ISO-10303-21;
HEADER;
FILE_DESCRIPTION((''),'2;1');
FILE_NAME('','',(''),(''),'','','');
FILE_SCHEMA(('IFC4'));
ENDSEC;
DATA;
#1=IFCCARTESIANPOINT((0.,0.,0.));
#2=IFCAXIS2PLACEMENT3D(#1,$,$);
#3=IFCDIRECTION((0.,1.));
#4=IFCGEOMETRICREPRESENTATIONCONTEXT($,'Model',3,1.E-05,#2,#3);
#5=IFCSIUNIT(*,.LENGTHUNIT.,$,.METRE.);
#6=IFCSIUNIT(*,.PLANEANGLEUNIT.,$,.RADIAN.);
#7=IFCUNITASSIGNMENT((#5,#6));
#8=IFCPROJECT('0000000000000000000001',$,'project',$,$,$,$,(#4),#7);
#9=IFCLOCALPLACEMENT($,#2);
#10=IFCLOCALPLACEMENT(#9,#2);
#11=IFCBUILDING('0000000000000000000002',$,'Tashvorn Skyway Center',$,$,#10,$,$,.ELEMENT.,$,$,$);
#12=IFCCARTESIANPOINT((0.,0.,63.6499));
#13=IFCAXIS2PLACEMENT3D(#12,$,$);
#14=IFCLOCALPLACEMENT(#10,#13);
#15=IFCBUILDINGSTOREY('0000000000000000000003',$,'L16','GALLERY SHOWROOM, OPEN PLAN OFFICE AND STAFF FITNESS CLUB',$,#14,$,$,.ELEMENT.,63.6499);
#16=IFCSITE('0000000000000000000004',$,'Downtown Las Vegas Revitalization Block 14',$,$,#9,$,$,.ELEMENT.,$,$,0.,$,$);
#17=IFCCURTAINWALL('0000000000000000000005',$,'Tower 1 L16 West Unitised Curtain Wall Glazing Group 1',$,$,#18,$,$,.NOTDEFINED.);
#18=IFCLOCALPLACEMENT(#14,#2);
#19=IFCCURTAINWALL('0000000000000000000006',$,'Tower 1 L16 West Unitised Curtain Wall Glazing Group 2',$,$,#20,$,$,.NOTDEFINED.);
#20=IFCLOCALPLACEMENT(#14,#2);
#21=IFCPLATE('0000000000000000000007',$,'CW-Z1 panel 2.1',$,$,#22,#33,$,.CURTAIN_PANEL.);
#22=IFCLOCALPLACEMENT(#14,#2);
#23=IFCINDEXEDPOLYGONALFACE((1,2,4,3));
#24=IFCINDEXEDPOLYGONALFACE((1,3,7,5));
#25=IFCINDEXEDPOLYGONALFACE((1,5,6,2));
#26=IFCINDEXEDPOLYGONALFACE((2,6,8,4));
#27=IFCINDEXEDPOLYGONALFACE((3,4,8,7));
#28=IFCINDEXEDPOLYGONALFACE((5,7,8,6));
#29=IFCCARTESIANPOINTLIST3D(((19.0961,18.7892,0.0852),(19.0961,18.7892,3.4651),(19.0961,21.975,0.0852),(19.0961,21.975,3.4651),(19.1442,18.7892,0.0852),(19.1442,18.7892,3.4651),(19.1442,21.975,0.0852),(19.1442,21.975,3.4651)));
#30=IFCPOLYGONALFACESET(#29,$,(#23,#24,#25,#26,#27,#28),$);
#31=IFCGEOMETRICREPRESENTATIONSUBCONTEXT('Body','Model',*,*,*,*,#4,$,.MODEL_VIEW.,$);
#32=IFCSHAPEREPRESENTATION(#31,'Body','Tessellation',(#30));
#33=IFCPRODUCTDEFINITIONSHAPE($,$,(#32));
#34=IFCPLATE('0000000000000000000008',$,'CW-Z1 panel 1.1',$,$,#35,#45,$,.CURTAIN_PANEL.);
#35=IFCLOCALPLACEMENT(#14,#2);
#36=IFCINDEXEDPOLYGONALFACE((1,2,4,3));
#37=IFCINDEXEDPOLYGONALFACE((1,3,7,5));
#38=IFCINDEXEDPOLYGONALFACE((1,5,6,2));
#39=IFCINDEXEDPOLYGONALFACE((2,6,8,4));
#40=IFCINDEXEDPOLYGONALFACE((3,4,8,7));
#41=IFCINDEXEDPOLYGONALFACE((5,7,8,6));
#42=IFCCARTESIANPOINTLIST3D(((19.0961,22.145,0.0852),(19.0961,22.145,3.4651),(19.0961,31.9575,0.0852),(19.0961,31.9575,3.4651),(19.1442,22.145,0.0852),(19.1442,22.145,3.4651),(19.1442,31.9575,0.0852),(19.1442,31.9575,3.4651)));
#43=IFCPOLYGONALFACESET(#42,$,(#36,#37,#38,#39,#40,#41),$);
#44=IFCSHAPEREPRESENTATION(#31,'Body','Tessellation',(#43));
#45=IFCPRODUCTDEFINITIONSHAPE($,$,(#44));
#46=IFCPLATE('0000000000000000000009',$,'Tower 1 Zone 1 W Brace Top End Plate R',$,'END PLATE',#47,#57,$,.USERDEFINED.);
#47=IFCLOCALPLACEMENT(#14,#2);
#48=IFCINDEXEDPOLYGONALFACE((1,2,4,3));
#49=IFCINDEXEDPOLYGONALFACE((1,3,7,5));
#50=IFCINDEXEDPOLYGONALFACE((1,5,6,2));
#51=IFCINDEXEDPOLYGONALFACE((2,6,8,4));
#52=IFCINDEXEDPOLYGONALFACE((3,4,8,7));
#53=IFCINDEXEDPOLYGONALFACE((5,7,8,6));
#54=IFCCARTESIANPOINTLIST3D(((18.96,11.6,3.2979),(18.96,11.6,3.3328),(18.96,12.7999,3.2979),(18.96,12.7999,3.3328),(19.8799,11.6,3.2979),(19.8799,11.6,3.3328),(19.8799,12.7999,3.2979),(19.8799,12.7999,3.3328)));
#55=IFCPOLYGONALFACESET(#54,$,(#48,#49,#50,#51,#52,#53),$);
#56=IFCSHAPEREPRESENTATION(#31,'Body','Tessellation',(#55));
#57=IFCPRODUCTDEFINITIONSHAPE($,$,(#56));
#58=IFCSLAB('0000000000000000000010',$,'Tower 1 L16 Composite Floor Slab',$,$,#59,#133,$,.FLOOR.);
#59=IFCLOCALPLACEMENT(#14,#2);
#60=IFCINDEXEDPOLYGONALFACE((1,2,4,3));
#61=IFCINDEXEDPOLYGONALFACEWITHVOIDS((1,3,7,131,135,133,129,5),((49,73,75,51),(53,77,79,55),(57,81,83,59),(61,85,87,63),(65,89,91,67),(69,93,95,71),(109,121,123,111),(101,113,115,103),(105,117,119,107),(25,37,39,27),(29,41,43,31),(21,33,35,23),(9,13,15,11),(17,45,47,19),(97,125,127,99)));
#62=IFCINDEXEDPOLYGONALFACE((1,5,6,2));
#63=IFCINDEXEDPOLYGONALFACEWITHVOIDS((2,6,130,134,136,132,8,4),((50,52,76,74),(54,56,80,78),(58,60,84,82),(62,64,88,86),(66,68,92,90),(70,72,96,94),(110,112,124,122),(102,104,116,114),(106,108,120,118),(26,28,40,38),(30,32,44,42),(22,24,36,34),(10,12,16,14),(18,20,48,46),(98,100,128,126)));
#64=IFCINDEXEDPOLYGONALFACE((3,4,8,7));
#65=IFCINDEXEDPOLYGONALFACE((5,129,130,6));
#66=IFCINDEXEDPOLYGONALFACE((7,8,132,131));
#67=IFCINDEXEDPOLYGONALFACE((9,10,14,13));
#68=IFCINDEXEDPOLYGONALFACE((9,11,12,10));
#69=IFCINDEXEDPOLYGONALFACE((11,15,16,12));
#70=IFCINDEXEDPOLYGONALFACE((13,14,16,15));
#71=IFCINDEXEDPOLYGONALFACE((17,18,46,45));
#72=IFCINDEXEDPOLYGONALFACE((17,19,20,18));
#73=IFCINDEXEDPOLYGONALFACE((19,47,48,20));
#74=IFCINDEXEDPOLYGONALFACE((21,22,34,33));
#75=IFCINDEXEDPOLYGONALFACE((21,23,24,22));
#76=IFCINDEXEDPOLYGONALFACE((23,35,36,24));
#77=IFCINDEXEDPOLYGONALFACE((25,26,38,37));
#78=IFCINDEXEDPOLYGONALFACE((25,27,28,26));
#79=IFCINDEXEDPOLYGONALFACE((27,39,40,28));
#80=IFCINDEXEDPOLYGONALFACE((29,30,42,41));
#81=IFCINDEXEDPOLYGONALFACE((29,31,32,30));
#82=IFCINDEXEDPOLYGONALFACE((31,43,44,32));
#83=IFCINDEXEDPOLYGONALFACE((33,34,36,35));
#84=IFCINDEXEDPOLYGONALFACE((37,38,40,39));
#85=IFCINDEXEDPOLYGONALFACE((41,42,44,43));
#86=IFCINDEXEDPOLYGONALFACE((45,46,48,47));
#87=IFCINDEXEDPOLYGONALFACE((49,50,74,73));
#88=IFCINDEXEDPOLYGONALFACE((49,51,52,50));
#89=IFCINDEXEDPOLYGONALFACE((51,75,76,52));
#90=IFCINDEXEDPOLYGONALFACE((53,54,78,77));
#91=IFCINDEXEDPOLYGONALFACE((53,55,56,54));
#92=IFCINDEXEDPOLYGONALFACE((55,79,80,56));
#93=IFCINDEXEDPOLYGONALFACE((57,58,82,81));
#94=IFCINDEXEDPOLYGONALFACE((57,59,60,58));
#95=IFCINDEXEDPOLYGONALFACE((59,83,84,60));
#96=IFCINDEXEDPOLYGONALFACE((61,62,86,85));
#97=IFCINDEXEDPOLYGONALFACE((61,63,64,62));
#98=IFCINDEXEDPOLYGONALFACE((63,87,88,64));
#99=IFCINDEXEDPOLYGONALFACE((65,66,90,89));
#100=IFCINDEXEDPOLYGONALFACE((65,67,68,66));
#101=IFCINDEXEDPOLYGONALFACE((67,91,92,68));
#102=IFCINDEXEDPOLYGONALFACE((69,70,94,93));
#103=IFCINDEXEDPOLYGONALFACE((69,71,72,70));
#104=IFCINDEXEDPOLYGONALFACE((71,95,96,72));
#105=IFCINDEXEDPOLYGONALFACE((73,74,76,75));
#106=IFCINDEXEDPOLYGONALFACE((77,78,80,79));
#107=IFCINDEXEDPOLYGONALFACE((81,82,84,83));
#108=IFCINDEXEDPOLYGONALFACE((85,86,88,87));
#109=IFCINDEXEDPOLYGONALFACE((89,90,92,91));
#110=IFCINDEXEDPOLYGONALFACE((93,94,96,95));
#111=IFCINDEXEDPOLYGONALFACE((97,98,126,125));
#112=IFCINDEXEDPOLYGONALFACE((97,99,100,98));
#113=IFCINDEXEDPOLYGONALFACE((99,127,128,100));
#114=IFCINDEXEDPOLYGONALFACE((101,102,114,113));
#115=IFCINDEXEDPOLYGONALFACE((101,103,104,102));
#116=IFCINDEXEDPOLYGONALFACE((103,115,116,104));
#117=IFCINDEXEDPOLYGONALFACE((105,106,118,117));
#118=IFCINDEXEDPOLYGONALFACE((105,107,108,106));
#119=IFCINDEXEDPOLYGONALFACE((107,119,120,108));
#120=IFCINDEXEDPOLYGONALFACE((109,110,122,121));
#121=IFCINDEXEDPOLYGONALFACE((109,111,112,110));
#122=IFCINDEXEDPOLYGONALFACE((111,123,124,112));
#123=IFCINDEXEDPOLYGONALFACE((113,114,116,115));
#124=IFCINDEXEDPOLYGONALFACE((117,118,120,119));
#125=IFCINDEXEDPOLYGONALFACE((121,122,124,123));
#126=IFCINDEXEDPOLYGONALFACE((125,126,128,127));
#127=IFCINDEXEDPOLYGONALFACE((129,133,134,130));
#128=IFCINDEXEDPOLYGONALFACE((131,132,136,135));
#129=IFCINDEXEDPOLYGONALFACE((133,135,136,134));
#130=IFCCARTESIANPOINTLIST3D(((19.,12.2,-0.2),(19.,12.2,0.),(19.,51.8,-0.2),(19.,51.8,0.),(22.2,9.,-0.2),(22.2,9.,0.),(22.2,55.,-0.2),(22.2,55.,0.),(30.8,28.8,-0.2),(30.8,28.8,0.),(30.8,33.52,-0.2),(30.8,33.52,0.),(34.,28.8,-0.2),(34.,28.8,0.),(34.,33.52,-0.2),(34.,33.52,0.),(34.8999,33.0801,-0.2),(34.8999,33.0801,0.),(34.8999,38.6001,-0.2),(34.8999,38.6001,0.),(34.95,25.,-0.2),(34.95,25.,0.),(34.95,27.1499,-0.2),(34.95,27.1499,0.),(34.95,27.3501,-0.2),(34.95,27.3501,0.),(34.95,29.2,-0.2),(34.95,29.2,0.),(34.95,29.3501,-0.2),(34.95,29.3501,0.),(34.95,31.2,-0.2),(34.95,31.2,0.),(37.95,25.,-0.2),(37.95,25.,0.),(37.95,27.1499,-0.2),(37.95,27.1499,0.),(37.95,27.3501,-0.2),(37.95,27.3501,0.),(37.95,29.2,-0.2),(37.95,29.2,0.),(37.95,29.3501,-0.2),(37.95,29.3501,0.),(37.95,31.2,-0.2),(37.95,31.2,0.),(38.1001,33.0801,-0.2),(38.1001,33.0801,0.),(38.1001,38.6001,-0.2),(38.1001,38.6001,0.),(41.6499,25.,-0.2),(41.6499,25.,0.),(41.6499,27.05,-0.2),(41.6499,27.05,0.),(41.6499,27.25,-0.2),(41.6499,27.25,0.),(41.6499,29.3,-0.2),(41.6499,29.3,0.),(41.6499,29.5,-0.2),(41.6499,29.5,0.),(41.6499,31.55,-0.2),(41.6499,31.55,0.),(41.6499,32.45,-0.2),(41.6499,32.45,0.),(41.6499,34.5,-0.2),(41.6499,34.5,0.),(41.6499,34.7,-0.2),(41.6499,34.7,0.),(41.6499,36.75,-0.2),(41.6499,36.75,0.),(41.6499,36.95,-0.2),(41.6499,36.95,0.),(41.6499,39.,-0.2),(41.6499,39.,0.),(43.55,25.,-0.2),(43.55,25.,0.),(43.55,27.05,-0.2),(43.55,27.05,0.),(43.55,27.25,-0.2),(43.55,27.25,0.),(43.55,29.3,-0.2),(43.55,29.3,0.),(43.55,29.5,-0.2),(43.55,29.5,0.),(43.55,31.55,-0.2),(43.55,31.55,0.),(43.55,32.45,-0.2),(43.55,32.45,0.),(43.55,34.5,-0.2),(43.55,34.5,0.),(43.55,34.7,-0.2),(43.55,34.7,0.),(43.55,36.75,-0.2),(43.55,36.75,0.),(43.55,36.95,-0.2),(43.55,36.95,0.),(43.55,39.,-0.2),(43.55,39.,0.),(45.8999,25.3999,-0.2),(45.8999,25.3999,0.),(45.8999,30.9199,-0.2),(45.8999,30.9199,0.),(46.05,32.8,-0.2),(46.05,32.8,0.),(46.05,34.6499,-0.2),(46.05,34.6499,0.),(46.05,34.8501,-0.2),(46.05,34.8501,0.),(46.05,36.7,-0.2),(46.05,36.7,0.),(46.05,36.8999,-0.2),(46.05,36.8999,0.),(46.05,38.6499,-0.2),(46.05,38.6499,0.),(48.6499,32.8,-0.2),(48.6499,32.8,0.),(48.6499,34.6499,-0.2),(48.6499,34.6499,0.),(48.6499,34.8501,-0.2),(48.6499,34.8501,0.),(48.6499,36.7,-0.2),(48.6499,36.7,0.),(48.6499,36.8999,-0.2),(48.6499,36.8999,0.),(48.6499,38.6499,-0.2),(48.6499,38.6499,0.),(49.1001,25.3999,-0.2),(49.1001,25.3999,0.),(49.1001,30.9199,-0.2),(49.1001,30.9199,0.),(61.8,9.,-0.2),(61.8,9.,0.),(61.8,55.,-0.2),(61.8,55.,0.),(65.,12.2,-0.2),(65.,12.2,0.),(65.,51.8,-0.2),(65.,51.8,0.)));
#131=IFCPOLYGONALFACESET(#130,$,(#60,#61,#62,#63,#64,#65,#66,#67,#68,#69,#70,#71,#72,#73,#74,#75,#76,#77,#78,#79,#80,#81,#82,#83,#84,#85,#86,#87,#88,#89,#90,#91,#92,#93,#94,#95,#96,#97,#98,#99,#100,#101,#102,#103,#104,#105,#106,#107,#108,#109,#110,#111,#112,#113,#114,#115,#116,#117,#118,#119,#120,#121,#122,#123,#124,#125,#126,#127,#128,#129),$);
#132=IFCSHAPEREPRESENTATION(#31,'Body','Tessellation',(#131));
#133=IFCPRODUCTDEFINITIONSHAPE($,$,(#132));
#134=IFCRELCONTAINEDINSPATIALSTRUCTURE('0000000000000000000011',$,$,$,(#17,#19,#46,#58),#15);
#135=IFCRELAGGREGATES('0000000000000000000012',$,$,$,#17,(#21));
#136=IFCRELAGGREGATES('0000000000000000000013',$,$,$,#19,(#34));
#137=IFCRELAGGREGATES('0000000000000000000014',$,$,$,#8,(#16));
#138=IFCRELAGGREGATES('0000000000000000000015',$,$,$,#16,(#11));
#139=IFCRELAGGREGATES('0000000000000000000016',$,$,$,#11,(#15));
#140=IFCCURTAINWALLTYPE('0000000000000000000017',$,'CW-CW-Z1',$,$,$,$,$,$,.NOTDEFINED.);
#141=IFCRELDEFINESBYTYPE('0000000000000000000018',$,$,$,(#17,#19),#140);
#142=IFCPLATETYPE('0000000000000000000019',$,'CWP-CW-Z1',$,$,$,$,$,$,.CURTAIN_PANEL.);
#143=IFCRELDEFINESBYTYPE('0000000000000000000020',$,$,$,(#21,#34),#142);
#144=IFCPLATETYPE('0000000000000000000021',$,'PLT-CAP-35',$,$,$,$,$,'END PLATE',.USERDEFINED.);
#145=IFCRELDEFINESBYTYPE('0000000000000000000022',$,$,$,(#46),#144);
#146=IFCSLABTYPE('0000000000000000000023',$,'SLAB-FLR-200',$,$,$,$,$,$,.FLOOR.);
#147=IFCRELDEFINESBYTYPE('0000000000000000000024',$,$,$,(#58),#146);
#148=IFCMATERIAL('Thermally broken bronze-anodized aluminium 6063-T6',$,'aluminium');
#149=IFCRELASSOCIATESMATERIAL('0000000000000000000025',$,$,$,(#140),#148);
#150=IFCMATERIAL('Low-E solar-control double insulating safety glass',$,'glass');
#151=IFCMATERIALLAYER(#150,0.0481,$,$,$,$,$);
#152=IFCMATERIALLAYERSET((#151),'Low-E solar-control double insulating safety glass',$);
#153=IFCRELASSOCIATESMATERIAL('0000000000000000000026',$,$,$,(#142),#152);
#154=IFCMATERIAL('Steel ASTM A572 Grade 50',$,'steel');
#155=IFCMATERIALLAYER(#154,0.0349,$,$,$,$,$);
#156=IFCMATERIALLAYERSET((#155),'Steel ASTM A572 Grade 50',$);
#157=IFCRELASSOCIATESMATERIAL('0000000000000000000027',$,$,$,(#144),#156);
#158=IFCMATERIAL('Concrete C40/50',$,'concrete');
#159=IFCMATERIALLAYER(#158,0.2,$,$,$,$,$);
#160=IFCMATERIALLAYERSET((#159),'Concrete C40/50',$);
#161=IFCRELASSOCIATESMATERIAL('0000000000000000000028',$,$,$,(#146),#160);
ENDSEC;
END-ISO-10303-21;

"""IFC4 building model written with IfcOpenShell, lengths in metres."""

from ifc_helpers import new_model, si_unit, direction, frame, origin, origin_2d, place, context, subcontext, project, spatial, polyline, rectangle, outline, extrude, material, layer, layer_set, type_object, element, aggregate, save


model = new_model("IFC4")

# Units and contexts
model_context = context("Model", 3, precision=1e-05, world=origin(), true_north=direction((0.0, 1.0)))
body_context = subcontext(model_context, "Body", "Model", "MODEL_VIEW")
ifc_project = project(units=[si_unit("LENGTHUNIT", "METRE"), si_unit("PLANEANGLEUNIT", "RADIAN")], contexts=[model_context])

# Site, building, storey
site_placement = place(None, origin())
site = spatial("IfcSite", under=ifc_project, at=site_placement, Name="Downtown Las Vegas Revitalization Block 14", CompositionType="ELEMENT", RefElevation=0.0)
building_placement = place(site_placement, origin())
building = spatial("IfcBuilding", under=site, at=building_placement, Name="Tashvorn Skyway Center", CompositionType="ELEMENT")
storey_placement = place(building_placement, frame((0.0, 0.0, 63.6499)))
storey = spatial("IfcBuildingStorey", under=building, at=storey_placement, Name="L16", Description="GALLERY SHOWROOM, OPEN PLAN OFFICE AND STAFF FITNESS CLUB", CompositionType="ELEMENT", Elevation=63.6499)

# Curtain wall
ifc_material_1 = material(Name="Thermally broken bronze-anodized aluminium 6063-T6", Category="aluminium")
curtain_wall_type = type_object("IfcCurtainWallType", Name="CW-CW-Z1", PredefinedType="NOTDEFINED", material=ifc_material_1)
curtain_wall_1_placement = place(storey_placement, origin())
curtain_wall_1 = element("IfcCurtainWall", 1, at=curtain_wall_1_placement, inside=storey, type_object=curtain_wall_type, Name="Tower 1 L16 West Unitised Curtain Wall Glazing Group 1", PredefinedType="NOTDEFINED")

# Curtain wall
curtain_wall_2_placement = place(storey_placement, origin())
curtain_wall_2 = element("IfcCurtainWall", 2, at=curtain_wall_2_placement, inside=storey, type_object=curtain_wall_type, Name="Tower 1 L16 West Unitised Curtain Wall Glazing Group 2", PredefinedType="NOTDEFINED")

# Plates
ifc_material_2 = material(Name="Low-E solar-control double insulating safety glass", Category="glass")
ifc_layer_1 = layer(ifc_material_2, 0.0481)
ifc_layer_set_1 = layer_set([ifc_layer_1], Name="Low-E solar-control double insulating safety glass")
plate_type_1 = type_object("IfcPlateType", Name="CWP-CW-Z1", PredefinedType="CURTAIN_PANEL", material=ifc_layer_set_1)
plate_1_placement = place(storey_placement, frame((19.1201, 20.3821, 0.0852), z_axis=(0.0, 0.0, 1.0), x_axis=(0.0, 1.0, 0.0)))
plate_1 = element("IfcPlate", 3, at=plate_1_placement, type_object=plate_type_1, Name="CW-Z1 panel 2.1", PredefinedType="CURTAIN_PANEL", context=body_context, shape_type="SweptSolid", body=[
    extrude(rectangle(XDim=3.1858, YDim=0.0481, at=origin_2d()), origin(), (0.0, 0.0, 1.0), 3.3799),
])
aggregate(curtain_wall_1, [plate_1])
plate_2_placement = place(storey_placement, frame((19.1201, 27.0513, 0.0852), z_axis=(0.0, 0.0, 1.0), x_axis=(0.0, 1.0, 0.0)))
plate_2 = element("IfcPlate", 4, at=plate_2_placement, type_object=plate_type_1, Name="CW-Z1 panel 1.1", PredefinedType="CURTAIN_PANEL", context=body_context, shape_type="SweptSolid", body=[
    extrude(rectangle(XDim=9.8125, YDim=0.0481, at=origin_2d()), origin(), (0.0, 0.0, 1.0), 3.3799),
])
aggregate(curtain_wall_2, [plate_2])
ifc_material_3 = material(Name="Steel ASTM A572 Grade 50", Category="steel")
ifc_layer_2 = layer(ifc_material_3, 0.0349)
ifc_layer_set_2 = layer_set([ifc_layer_2], Name="Steel ASTM A572 Grade 50")
plate_type_2 = type_object("IfcPlateType", Name="PLT-CAP-35", ElementType="END PLATE", PredefinedType="USERDEFINED", material=ifc_layer_set_2)
plate_3_placement = place(storey_placement, frame((19.4199, 12.2, 3.2979), z_axis=(0.0, 0.0, 1.0), x_axis=(0.0, -1.0, 0.0)))
element("IfcPlate", 5, at=plate_3_placement, inside=storey, type_object=plate_type_2, Name="Tower 1 Zone 1 W Brace Top End Plate R", ObjectType="END PLATE", PredefinedType="USERDEFINED", context=body_context, shape_type="SweptSolid", body=[
    extrude(rectangle(XDim=1.2, YDim=0.9199, at=origin_2d()), origin(), (0.0, 0.0, 1.0), 0.0349),
])

# Slab
ifc_material_4 = material(Name="Concrete C40/50", Category="concrete")
ifc_layer_3 = layer(ifc_material_4, 0.2)
ifc_layer_set_3 = layer_set([ifc_layer_3], Name="Concrete C40/50")
slab_type_1 = type_object("IfcSlabType", Name="SLAB-FLR-200", PredefinedType="FLOOR", material=ifc_layer_set_3)
slab_1_placement = place(storey_placement, frame((0.0, 0.0, -0.2)))
element("IfcSlab", 6, at=slab_1_placement, inside=storey, type_object=slab_type_1, Name="Tower 1 L16 Composite Floor Slab", PredefinedType="FLOOR", context=body_context, shape_type="SweptSolid", body=[
    extrude(outline(polyline([(22.2, 9.0), (61.8, 9.0), (65.0, 12.2), (65.0, 51.8), (61.8, 55.0), (22.2, 55.0), (19.0, 51.8), (19.0, 12.2), (22.2, 9.0)]), holes=[polyline([(38.1001, 33.0801), (38.1001, 38.6001), (34.8999, 38.6001), (34.8999, 33.0801), (38.1001, 33.0801)]), polyline([(45.8999, 30.9199), (45.8999, 25.3999), (49.1001, 25.3999), (49.1001, 30.9199), (45.8999, 30.9199)]), polyline([(30.8, 33.52), (30.8, 28.8), (34.0, 28.8), (34.0, 33.52), (30.8, 33.52)]), polyline([(34.95, 29.3501), (37.95, 29.3501), (37.95, 31.2), (34.95, 31.2), (34.95, 29.3501)]), polyline([(34.95, 27.3501), (37.95, 27.3501), (37.95, 29.2), (34.95, 29.2), (34.95, 27.3501)]), polyline([(34.95, 25.0), (37.95, 25.0), (37.95, 27.1499), (34.95, 27.1499), (34.95, 25.0)]), polyline([(41.6499, 25.0), (43.55, 25.0), (43.55, 27.05), (41.6499, 27.05), (41.6499, 25.0)]), polyline([(41.6499, 27.25), (43.55, 27.25), (43.55, 29.3), (41.6499, 29.3), (41.6499, 27.25)]), polyline([(41.6499, 29.5), (43.55, 29.5), (43.55, 31.55), (41.6499, 31.55), (41.6499, 29.5)]), polyline([(41.6499, 32.45), (43.55, 32.45), (43.55, 34.5), (41.6499, 34.5), (41.6499, 32.45)]), polyline([(41.6499, 34.7), (43.55, 34.7), (43.55, 36.75), (41.6499, 36.75), (41.6499, 34.7)]), polyline([(41.6499, 36.95), (43.55, 36.95), (43.55, 39.0), (41.6499, 39.0), (41.6499, 36.95)]), polyline([(46.05, 32.8), (48.6499, 32.8), (48.6499, 34.6499), (46.05, 34.6499), (46.05, 32.8)]), polyline([(46.05, 34.8501), (48.6499, 34.8501), (48.6499, 36.7), (46.05, 36.7), (46.05, 34.8501)]), polyline([(46.05, 36.8999), (48.6499, 36.8999), (48.6499, 38.6499), (46.05, 38.6499), (46.05, 36.8999)])]), origin(), (0.0, 0.0, 1.0), 0.2),
])

save(model, "model.ifc")
